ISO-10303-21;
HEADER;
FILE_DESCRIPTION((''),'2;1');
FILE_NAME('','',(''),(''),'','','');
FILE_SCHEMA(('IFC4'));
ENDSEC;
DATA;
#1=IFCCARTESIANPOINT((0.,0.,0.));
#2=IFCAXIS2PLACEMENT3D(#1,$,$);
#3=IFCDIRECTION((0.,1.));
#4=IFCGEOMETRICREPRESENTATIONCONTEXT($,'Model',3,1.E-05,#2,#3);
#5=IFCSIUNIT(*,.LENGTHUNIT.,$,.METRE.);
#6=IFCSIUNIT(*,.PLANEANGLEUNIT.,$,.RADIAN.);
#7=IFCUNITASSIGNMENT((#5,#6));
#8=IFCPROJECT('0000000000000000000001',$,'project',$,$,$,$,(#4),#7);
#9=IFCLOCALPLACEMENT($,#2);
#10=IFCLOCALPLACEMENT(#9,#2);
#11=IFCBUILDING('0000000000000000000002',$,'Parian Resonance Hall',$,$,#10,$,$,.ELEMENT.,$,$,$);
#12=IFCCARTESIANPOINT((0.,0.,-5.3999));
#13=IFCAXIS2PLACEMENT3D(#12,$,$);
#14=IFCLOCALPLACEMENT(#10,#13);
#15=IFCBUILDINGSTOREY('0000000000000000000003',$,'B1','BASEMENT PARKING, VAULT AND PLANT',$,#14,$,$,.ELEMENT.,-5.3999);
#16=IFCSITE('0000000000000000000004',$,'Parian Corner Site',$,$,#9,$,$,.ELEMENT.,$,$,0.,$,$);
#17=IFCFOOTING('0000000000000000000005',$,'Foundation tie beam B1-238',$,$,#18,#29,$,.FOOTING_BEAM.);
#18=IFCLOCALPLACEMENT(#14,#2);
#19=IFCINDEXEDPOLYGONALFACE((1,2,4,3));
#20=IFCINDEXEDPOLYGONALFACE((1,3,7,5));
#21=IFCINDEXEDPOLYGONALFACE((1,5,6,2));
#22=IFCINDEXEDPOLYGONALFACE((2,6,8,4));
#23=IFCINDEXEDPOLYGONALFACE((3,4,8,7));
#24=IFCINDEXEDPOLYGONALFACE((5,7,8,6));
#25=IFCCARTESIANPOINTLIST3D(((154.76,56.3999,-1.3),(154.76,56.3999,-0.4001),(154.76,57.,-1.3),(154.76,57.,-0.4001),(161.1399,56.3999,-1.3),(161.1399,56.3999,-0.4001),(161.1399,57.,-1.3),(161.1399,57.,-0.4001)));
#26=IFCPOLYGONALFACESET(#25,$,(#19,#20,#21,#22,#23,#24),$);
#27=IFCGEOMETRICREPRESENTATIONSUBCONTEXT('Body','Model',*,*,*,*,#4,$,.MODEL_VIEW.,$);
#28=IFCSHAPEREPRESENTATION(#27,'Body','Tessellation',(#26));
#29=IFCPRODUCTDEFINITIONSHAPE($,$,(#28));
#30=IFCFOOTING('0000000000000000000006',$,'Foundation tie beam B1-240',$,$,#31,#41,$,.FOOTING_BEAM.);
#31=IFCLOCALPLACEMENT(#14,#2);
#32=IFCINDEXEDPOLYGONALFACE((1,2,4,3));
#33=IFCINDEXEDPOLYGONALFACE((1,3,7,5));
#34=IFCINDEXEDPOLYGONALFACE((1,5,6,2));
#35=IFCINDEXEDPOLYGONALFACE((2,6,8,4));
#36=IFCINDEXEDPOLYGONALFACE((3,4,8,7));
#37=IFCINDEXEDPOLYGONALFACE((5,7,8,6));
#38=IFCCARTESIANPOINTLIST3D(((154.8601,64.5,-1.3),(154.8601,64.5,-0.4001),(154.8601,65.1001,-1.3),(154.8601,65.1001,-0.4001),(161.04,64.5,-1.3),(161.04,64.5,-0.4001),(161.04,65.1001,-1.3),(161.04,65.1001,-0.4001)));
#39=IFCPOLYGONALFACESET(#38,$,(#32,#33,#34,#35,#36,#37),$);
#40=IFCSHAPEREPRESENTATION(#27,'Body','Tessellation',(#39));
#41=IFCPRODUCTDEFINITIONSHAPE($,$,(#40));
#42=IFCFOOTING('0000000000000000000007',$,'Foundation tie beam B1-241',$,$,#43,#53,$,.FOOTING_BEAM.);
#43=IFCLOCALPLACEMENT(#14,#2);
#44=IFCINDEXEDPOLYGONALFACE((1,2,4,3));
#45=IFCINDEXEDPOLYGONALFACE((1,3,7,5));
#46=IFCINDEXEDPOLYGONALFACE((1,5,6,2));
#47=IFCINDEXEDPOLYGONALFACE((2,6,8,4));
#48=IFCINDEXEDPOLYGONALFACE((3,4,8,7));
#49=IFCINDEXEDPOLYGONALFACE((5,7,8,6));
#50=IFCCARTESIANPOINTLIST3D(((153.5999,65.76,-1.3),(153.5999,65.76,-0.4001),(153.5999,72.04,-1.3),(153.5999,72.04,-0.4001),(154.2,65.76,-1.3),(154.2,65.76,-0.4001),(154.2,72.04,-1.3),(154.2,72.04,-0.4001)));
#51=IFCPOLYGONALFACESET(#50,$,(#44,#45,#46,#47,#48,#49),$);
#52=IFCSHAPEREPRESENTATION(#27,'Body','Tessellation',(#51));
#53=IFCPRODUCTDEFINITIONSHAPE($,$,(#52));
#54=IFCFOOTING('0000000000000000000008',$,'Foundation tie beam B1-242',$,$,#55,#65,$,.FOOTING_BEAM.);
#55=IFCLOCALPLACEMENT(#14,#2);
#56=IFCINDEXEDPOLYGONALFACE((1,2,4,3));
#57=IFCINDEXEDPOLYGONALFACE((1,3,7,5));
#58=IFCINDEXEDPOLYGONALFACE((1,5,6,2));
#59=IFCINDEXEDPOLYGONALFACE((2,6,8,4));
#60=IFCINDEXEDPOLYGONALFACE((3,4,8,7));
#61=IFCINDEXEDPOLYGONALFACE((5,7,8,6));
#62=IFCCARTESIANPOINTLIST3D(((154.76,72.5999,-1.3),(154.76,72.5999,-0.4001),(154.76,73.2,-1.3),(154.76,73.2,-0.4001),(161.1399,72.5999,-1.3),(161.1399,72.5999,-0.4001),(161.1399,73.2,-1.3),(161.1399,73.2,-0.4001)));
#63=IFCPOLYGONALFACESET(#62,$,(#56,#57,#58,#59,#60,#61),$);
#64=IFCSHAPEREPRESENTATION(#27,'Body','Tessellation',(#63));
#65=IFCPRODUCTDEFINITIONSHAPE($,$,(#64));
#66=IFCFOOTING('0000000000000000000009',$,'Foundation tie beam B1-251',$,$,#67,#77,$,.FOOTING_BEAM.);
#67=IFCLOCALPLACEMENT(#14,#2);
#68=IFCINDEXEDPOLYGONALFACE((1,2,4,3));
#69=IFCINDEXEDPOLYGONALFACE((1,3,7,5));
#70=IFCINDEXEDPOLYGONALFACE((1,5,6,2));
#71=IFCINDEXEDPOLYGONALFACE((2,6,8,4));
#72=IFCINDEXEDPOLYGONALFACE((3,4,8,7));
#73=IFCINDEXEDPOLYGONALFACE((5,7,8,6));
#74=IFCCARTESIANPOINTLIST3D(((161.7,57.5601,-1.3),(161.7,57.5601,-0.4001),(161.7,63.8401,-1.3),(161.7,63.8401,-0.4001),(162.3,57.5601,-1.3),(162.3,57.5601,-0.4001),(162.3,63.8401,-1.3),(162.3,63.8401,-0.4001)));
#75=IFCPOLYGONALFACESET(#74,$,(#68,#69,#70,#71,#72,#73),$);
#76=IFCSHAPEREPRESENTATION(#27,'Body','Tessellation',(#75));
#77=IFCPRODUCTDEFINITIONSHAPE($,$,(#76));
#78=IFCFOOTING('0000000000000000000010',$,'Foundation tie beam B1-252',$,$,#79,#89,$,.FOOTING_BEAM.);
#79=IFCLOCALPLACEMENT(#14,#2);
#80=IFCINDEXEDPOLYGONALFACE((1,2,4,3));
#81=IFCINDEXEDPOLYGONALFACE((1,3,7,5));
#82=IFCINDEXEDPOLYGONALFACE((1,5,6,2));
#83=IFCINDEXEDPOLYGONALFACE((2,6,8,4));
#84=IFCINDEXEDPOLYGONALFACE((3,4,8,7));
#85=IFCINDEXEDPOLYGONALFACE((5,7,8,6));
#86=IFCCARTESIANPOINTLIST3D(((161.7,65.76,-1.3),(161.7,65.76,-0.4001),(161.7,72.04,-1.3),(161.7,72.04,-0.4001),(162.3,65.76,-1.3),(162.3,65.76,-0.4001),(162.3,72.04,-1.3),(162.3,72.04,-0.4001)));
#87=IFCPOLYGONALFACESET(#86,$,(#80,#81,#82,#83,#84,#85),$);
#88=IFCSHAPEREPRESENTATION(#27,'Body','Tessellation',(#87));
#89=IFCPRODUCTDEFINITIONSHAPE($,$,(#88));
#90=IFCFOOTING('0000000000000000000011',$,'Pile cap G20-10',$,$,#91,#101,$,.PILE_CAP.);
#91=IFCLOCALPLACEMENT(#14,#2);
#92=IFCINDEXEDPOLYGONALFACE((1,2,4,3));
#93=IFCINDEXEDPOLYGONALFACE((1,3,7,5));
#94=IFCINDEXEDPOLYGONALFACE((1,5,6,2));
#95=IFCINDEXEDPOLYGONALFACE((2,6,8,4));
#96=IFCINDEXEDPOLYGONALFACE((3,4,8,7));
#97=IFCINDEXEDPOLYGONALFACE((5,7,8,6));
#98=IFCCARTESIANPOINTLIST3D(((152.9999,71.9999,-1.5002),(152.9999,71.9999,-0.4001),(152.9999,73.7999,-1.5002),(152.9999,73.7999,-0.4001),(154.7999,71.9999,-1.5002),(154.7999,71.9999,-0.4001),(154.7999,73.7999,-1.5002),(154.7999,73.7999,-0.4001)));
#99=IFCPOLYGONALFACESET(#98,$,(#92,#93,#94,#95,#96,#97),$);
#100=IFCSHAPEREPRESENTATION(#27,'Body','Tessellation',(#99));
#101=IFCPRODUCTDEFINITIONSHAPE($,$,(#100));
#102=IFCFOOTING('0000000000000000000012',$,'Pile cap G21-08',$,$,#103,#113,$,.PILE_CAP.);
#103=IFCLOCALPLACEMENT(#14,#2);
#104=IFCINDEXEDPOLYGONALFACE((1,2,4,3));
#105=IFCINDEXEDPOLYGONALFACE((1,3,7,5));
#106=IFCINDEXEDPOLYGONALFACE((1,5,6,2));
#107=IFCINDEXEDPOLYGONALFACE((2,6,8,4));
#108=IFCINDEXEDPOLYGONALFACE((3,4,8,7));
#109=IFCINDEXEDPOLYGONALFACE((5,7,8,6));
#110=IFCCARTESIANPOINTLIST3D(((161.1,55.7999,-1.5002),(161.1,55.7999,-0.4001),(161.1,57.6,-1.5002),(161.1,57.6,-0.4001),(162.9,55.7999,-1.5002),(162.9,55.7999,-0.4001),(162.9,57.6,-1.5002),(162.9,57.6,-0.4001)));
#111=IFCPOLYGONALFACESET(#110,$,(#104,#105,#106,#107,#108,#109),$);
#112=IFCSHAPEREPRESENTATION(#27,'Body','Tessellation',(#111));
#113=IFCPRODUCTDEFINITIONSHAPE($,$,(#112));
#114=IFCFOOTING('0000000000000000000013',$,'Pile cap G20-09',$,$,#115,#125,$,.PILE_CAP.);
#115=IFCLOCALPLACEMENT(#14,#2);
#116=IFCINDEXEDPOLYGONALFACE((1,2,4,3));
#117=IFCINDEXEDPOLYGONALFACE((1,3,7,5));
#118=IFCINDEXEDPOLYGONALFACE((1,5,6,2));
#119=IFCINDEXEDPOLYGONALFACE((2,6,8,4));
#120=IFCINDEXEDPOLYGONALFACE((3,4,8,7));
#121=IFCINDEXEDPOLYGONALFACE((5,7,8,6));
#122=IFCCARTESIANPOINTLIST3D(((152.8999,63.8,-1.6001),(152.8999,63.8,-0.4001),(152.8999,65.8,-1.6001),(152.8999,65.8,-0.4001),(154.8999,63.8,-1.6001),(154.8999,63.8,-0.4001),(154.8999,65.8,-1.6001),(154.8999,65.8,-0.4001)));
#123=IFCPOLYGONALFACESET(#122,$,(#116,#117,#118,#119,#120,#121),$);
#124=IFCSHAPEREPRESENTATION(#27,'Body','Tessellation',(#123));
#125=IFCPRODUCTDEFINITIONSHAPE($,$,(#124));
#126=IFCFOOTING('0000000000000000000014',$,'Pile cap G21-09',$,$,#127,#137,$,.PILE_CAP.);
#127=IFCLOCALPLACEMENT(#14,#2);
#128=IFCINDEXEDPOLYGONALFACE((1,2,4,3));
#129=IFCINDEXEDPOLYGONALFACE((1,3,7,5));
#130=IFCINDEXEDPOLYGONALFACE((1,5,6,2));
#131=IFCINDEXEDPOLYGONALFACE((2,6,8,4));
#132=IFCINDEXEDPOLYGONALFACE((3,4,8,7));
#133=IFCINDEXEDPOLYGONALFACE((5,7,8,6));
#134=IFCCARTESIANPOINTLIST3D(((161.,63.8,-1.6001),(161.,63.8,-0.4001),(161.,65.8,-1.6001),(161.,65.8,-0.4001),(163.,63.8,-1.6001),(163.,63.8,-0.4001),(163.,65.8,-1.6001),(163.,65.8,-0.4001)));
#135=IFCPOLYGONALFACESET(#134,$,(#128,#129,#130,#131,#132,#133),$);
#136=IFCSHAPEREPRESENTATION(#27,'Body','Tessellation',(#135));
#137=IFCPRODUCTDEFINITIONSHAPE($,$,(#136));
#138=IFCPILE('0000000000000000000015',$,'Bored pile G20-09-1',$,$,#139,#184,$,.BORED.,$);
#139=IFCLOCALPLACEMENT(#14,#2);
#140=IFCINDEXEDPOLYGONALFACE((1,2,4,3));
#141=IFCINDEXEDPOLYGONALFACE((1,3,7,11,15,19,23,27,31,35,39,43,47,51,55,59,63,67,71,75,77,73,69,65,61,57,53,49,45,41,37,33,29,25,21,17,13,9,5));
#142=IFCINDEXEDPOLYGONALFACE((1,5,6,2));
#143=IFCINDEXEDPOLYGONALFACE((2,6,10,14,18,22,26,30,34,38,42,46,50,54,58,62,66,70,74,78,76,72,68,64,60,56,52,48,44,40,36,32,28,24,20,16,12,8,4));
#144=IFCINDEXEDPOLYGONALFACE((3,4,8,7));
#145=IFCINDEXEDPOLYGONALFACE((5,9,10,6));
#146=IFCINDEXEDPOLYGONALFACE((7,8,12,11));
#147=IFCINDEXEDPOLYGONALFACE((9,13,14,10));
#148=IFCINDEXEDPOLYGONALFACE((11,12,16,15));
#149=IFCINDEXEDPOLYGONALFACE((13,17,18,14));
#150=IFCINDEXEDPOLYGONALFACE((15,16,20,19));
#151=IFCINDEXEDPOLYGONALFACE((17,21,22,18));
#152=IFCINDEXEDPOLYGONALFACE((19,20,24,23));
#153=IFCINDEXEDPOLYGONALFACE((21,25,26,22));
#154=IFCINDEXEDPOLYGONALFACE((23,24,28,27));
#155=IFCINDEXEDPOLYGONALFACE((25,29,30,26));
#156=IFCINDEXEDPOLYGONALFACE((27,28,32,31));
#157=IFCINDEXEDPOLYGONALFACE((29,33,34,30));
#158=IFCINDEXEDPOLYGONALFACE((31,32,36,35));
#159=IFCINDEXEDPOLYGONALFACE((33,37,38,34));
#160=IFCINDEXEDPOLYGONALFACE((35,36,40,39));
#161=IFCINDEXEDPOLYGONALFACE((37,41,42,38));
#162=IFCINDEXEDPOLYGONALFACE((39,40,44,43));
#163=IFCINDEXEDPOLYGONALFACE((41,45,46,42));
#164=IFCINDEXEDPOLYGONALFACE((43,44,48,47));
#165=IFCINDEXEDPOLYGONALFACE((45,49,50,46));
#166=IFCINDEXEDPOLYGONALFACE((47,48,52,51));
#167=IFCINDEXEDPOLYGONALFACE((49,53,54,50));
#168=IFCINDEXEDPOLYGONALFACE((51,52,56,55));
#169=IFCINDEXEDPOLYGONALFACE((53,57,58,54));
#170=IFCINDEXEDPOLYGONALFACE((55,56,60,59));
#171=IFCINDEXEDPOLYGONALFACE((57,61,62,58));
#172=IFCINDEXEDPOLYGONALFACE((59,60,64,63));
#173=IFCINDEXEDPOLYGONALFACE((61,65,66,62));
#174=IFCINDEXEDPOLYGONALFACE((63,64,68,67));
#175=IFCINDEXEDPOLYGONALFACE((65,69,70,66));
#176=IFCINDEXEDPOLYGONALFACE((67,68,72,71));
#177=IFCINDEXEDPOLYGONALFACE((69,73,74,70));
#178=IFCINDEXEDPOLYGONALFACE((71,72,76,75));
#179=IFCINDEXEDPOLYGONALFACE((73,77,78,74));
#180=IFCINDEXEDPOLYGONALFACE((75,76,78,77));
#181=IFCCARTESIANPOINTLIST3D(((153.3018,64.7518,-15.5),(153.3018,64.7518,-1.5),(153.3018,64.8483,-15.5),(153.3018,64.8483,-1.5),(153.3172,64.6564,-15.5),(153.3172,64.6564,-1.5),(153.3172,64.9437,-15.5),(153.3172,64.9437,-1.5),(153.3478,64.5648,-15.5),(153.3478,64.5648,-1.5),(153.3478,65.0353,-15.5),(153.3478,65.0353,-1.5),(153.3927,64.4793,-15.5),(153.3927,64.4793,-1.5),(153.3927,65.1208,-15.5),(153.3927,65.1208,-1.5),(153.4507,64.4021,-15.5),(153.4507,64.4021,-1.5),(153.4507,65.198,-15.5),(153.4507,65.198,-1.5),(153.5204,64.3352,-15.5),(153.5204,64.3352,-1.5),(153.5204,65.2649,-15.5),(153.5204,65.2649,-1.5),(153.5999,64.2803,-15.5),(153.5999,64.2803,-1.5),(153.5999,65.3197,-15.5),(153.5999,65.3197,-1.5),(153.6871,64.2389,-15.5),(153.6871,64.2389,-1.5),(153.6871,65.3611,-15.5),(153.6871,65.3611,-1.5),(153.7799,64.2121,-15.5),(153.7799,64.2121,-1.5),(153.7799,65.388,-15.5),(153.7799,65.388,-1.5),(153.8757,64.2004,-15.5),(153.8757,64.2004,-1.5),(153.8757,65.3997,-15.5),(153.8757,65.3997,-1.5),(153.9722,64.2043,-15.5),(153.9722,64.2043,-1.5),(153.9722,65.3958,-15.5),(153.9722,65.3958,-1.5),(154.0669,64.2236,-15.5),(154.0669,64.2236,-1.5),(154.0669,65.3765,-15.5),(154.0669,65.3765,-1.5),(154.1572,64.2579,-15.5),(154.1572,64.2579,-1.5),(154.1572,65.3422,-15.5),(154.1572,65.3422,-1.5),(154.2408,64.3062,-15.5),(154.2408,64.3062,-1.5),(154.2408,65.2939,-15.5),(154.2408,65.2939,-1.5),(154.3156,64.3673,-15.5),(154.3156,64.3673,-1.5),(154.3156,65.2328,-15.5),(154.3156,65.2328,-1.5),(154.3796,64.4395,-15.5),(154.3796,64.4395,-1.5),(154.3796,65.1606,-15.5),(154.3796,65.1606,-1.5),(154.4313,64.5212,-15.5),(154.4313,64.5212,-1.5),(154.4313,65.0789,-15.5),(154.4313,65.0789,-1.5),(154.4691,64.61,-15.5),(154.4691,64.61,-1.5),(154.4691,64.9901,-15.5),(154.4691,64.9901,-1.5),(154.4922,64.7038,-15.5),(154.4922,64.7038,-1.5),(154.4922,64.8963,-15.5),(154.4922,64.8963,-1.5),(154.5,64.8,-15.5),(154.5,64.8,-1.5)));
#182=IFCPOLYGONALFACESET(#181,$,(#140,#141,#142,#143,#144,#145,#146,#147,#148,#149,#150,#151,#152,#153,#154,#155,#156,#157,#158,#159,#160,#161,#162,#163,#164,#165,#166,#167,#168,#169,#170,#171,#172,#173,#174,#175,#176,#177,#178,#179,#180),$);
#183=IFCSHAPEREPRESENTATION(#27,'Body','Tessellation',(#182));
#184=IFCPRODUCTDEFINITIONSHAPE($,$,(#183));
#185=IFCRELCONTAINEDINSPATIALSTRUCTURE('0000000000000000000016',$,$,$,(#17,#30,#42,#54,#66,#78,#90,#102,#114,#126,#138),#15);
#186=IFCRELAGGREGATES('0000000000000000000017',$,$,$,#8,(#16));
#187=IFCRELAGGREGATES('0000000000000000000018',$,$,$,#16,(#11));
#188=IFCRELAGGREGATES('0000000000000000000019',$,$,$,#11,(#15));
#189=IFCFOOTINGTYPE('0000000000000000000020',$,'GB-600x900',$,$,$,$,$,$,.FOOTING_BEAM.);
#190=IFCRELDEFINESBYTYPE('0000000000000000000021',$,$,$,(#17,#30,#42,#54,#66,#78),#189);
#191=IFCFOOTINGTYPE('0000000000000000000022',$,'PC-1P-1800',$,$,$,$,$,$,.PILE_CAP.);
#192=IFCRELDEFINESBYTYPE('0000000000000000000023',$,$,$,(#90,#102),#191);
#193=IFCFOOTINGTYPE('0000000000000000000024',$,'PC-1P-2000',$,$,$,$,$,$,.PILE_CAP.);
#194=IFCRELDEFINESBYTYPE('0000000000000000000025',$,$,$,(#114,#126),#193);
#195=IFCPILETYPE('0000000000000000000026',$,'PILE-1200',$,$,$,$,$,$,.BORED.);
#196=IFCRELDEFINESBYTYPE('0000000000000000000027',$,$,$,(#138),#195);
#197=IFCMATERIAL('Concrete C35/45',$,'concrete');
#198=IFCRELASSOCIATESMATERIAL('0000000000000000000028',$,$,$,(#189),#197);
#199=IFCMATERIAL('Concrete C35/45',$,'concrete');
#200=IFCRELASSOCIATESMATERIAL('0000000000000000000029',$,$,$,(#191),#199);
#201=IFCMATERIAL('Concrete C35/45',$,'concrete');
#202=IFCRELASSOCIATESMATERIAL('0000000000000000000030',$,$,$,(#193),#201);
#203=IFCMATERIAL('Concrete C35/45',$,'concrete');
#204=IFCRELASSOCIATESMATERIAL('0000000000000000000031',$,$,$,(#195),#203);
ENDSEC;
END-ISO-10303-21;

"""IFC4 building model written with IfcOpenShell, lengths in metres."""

from ifc_helpers import new_model, si_unit, direction, frame, origin, origin_2d, place, context, subcontext, project, spatial, rectangle, circle, extrude, material, material_profile, profile_set, type_object, element, save


model = new_model("IFC4")

# Units and contexts
model_context = context("Model", 3, precision=1e-05, world=origin(), true_north=direction((0.0, 1.0)))
body_context = subcontext(model_context, "Body", "Model", "MODEL_VIEW")
ifc_project = project(units=[si_unit("LENGTHUNIT", "METRE"), si_unit("PLANEANGLEUNIT", "RADIAN")], contexts=[model_context])

# Site, building, storey
site_placement = place(None, origin())
site = spatial("IfcSite", under=ifc_project, at=site_placement, Name="Parian Corner Site", CompositionType="ELEMENT", RefElevation=0.0)
building_placement = place(site_placement, origin())
building = spatial("IfcBuilding", under=site, at=building_placement, Name="Parian Resonance Hall", CompositionType="ELEMENT")
storey_placement = place(building_placement, frame((0.0, 0.0, -5.3999)))
storey = spatial("IfcBuildingStorey", under=building, at=storey_placement, Name="B1", Description="BASEMENT PARKING, VAULT AND PLANT", CompositionType="ELEMENT", Elevation=-5.3999)

# Footings
ifc_material_1 = material(Name="Concrete C35/45", Category="concrete")
ifc_material_profile_1 = material_profile(ifc_material_1, rectangle(XDim=0.6001, YDim=0.8999, at=origin_2d()), Name="RC-GB-600x900")
ifc_profile_set_1 = profile_set([ifc_material_profile_1], Name="Concrete C35/45")
footing_type_1 = type_object("IfcFootingType", Name="GB-600x900", PredefinedType="FOOTING_BEAM", material=ifc_profile_set_1)
footing_1_placement = place(storey_placement, frame((154.76, 56.7, -0.8501), z_axis=(1.0, 0.0, 0.0), x_axis=(0.0, 1.0, 0.0)))
element("IfcFooting", 1, at=footing_1_placement, inside=storey, type_object=footing_type_1, Name="Foundation tie beam B1-238", PredefinedType="FOOTING_BEAM", context=body_context, shape_type="SweptSolid", body=[
    extrude(rectangle(XDim=0.6001, YDim=0.8999, at=origin_2d()), origin(), (0.0, 0.0, 1.0), 6.3799),
])
footing_2_placement = place(storey_placement, frame((154.8601, 64.8, -0.8501), z_axis=(1.0, 0.0, 0.0), x_axis=(0.0, 1.0, 0.0)))
element("IfcFooting", 2, at=footing_2_placement, inside=storey, type_object=footing_type_1, Name="Foundation tie beam B1-240", PredefinedType="FOOTING_BEAM", context=body_context, shape_type="SweptSolid", body=[
    extrude(rectangle(XDim=0.6001, YDim=0.8999, at=origin_2d()), origin(), (0.0, 0.0, 1.0), 6.1799),
])
footing_3_placement = place(storey_placement, frame((153.8999, 65.76, -0.8501), z_axis=(0.0, 1.0, 0.0), x_axis=(-1.0, 0.0, 0.0)))
element("IfcFooting", 3, at=footing_3_placement, inside=storey, type_object=footing_type_1, Name="Foundation tie beam B1-241", PredefinedType="FOOTING_BEAM", context=body_context, shape_type="SweptSolid", body=[
    extrude(rectangle(XDim=0.6001, YDim=0.8999, at=origin_2d()), origin(), (0.0, 0.0, 1.0), 6.28),
])
footing_4_placement = place(storey_placement, frame((154.76, 72.8999, -0.8501), z_axis=(1.0, 0.0, 0.0), x_axis=(0.0, 1.0, 0.0)))
element("IfcFooting", 4, at=footing_4_placement, inside=storey, type_object=footing_type_1, Name="Foundation tie beam B1-242", PredefinedType="FOOTING_BEAM", context=body_context, shape_type="SweptSolid", body=[
    extrude(rectangle(XDim=0.6001, YDim=0.8999, at=origin_2d()), origin(), (0.0, 0.0, 1.0), 6.3799),
])
for number, where, z_axis, x_axis, name in (
    (5, (162.0, 57.5601, -0.8501), (0.0, 1.0, 0.0), (-1.0, 0.0, 0.0), "Foundation tie beam B1-251"),
    (6, (162.0, 65.76, -0.8501), (0.0, 1.0, 0.0), (-1.0, 0.0, 0.0), "Foundation tie beam B1-252"),
):
    element("IfcFooting", number, at=place(storey_placement, frame(where, z_axis=z_axis, x_axis=x_axis)), inside=storey, type_object=footing_type_1, Name=name, PredefinedType="FOOTING_BEAM", context=body_context, shape_type="SweptSolid", body=[
        extrude(rectangle(XDim=0.6001, YDim=0.8999, at=origin_2d()), origin(), (0.0, 0.0, 1.0), 6.28),
    ])
ifc_material_2 = material(Name="Concrete C35/45", Category="concrete")
footing_type_2 = type_object("IfcFootingType", Name="PC-1P-1800", PredefinedType="PILE_CAP", material=ifc_material_2)
for number, where, z_axis, x_axis, name in (
    (7, (153.8999, 72.8999, -1.5002), (0.0, 0.0, 1.0), (1.0, 0.0, 0.0), "Pile cap G20-10"),
    (8, (162.0, 56.7, -1.5002), (0.0, 0.0, 1.0), (1.0, 0.0, 0.0), "Pile cap G21-08"),
):
    element("IfcFooting", number, at=place(storey_placement, frame(where, z_axis=z_axis, x_axis=x_axis)), inside=storey, type_object=footing_type_2, Name=name, PredefinedType="PILE_CAP", context=body_context, shape_type="SweptSolid", body=[
        extrude(rectangle(XDim=1.8, YDim=1.8, at=origin_2d()), origin(), (0.0, 0.0, 1.0), 1.1001),
    ])
ifc_material_3 = material(Name="Concrete C35/45", Category="concrete")
footing_type_3 = type_object("IfcFootingType", Name="PC-1P-2000", PredefinedType="PILE_CAP", material=ifc_material_3)
for number, where, z_axis, x_axis, name in (
    (9, (153.8999, 64.8, -1.6001), (0.0, 0.0, 1.0), (1.0, 0.0, 0.0), "Pile cap G20-09"),
    (10, (162.0, 64.8, -1.6001), (0.0, 0.0, 1.0), (1.0, 0.0, 0.0), "Pile cap G21-09"),
):
    element("IfcFooting", number, at=place(storey_placement, frame(where, z_axis=z_axis, x_axis=x_axis)), inside=storey, type_object=footing_type_3, Name=name, PredefinedType="PILE_CAP", context=body_context, shape_type="SweptSolid", body=[
        extrude(rectangle(XDim=2.0, YDim=2.0, at=origin_2d()), origin(), (0.0, 0.0, 1.0), 1.2),
    ])

# Pile
ifc_material_4 = material(Name="Concrete C35/45", Category="concrete")
ifc_material_profile_2 = material_profile(ifc_material_4, circle(Radius=0.6001, at=origin_2d()), Name="PILE-D1200")
ifc_profile_set_2 = profile_set([ifc_material_profile_2], Name="Concrete C35/45")
pile_type_1 = type_object("IfcPileType", Name="PILE-1200", PredefinedType="BORED", material=ifc_profile_set_2)
for number, where, z_axis, x_axis, name in (
    (11, (153.8999, 64.8, -1.5), (0.0, 0.0, -1.0), (1.0, 0.0, 0.0), "Bored pile G20-09-1"),
):
    element("IfcPile", number, at=place(storey_placement, frame(where, z_axis=z_axis, x_axis=x_axis)), inside=storey, type_object=pile_type_1, Name=name, PredefinedType="BORED", context=body_context, shape_type="SweptSolid", body=[
        extrude(circle(Radius=0.6001, at=origin_2d()), origin(), (0.0, 0.0, 1.0), 14.0),
    ])

save(model, "model.ifc")
